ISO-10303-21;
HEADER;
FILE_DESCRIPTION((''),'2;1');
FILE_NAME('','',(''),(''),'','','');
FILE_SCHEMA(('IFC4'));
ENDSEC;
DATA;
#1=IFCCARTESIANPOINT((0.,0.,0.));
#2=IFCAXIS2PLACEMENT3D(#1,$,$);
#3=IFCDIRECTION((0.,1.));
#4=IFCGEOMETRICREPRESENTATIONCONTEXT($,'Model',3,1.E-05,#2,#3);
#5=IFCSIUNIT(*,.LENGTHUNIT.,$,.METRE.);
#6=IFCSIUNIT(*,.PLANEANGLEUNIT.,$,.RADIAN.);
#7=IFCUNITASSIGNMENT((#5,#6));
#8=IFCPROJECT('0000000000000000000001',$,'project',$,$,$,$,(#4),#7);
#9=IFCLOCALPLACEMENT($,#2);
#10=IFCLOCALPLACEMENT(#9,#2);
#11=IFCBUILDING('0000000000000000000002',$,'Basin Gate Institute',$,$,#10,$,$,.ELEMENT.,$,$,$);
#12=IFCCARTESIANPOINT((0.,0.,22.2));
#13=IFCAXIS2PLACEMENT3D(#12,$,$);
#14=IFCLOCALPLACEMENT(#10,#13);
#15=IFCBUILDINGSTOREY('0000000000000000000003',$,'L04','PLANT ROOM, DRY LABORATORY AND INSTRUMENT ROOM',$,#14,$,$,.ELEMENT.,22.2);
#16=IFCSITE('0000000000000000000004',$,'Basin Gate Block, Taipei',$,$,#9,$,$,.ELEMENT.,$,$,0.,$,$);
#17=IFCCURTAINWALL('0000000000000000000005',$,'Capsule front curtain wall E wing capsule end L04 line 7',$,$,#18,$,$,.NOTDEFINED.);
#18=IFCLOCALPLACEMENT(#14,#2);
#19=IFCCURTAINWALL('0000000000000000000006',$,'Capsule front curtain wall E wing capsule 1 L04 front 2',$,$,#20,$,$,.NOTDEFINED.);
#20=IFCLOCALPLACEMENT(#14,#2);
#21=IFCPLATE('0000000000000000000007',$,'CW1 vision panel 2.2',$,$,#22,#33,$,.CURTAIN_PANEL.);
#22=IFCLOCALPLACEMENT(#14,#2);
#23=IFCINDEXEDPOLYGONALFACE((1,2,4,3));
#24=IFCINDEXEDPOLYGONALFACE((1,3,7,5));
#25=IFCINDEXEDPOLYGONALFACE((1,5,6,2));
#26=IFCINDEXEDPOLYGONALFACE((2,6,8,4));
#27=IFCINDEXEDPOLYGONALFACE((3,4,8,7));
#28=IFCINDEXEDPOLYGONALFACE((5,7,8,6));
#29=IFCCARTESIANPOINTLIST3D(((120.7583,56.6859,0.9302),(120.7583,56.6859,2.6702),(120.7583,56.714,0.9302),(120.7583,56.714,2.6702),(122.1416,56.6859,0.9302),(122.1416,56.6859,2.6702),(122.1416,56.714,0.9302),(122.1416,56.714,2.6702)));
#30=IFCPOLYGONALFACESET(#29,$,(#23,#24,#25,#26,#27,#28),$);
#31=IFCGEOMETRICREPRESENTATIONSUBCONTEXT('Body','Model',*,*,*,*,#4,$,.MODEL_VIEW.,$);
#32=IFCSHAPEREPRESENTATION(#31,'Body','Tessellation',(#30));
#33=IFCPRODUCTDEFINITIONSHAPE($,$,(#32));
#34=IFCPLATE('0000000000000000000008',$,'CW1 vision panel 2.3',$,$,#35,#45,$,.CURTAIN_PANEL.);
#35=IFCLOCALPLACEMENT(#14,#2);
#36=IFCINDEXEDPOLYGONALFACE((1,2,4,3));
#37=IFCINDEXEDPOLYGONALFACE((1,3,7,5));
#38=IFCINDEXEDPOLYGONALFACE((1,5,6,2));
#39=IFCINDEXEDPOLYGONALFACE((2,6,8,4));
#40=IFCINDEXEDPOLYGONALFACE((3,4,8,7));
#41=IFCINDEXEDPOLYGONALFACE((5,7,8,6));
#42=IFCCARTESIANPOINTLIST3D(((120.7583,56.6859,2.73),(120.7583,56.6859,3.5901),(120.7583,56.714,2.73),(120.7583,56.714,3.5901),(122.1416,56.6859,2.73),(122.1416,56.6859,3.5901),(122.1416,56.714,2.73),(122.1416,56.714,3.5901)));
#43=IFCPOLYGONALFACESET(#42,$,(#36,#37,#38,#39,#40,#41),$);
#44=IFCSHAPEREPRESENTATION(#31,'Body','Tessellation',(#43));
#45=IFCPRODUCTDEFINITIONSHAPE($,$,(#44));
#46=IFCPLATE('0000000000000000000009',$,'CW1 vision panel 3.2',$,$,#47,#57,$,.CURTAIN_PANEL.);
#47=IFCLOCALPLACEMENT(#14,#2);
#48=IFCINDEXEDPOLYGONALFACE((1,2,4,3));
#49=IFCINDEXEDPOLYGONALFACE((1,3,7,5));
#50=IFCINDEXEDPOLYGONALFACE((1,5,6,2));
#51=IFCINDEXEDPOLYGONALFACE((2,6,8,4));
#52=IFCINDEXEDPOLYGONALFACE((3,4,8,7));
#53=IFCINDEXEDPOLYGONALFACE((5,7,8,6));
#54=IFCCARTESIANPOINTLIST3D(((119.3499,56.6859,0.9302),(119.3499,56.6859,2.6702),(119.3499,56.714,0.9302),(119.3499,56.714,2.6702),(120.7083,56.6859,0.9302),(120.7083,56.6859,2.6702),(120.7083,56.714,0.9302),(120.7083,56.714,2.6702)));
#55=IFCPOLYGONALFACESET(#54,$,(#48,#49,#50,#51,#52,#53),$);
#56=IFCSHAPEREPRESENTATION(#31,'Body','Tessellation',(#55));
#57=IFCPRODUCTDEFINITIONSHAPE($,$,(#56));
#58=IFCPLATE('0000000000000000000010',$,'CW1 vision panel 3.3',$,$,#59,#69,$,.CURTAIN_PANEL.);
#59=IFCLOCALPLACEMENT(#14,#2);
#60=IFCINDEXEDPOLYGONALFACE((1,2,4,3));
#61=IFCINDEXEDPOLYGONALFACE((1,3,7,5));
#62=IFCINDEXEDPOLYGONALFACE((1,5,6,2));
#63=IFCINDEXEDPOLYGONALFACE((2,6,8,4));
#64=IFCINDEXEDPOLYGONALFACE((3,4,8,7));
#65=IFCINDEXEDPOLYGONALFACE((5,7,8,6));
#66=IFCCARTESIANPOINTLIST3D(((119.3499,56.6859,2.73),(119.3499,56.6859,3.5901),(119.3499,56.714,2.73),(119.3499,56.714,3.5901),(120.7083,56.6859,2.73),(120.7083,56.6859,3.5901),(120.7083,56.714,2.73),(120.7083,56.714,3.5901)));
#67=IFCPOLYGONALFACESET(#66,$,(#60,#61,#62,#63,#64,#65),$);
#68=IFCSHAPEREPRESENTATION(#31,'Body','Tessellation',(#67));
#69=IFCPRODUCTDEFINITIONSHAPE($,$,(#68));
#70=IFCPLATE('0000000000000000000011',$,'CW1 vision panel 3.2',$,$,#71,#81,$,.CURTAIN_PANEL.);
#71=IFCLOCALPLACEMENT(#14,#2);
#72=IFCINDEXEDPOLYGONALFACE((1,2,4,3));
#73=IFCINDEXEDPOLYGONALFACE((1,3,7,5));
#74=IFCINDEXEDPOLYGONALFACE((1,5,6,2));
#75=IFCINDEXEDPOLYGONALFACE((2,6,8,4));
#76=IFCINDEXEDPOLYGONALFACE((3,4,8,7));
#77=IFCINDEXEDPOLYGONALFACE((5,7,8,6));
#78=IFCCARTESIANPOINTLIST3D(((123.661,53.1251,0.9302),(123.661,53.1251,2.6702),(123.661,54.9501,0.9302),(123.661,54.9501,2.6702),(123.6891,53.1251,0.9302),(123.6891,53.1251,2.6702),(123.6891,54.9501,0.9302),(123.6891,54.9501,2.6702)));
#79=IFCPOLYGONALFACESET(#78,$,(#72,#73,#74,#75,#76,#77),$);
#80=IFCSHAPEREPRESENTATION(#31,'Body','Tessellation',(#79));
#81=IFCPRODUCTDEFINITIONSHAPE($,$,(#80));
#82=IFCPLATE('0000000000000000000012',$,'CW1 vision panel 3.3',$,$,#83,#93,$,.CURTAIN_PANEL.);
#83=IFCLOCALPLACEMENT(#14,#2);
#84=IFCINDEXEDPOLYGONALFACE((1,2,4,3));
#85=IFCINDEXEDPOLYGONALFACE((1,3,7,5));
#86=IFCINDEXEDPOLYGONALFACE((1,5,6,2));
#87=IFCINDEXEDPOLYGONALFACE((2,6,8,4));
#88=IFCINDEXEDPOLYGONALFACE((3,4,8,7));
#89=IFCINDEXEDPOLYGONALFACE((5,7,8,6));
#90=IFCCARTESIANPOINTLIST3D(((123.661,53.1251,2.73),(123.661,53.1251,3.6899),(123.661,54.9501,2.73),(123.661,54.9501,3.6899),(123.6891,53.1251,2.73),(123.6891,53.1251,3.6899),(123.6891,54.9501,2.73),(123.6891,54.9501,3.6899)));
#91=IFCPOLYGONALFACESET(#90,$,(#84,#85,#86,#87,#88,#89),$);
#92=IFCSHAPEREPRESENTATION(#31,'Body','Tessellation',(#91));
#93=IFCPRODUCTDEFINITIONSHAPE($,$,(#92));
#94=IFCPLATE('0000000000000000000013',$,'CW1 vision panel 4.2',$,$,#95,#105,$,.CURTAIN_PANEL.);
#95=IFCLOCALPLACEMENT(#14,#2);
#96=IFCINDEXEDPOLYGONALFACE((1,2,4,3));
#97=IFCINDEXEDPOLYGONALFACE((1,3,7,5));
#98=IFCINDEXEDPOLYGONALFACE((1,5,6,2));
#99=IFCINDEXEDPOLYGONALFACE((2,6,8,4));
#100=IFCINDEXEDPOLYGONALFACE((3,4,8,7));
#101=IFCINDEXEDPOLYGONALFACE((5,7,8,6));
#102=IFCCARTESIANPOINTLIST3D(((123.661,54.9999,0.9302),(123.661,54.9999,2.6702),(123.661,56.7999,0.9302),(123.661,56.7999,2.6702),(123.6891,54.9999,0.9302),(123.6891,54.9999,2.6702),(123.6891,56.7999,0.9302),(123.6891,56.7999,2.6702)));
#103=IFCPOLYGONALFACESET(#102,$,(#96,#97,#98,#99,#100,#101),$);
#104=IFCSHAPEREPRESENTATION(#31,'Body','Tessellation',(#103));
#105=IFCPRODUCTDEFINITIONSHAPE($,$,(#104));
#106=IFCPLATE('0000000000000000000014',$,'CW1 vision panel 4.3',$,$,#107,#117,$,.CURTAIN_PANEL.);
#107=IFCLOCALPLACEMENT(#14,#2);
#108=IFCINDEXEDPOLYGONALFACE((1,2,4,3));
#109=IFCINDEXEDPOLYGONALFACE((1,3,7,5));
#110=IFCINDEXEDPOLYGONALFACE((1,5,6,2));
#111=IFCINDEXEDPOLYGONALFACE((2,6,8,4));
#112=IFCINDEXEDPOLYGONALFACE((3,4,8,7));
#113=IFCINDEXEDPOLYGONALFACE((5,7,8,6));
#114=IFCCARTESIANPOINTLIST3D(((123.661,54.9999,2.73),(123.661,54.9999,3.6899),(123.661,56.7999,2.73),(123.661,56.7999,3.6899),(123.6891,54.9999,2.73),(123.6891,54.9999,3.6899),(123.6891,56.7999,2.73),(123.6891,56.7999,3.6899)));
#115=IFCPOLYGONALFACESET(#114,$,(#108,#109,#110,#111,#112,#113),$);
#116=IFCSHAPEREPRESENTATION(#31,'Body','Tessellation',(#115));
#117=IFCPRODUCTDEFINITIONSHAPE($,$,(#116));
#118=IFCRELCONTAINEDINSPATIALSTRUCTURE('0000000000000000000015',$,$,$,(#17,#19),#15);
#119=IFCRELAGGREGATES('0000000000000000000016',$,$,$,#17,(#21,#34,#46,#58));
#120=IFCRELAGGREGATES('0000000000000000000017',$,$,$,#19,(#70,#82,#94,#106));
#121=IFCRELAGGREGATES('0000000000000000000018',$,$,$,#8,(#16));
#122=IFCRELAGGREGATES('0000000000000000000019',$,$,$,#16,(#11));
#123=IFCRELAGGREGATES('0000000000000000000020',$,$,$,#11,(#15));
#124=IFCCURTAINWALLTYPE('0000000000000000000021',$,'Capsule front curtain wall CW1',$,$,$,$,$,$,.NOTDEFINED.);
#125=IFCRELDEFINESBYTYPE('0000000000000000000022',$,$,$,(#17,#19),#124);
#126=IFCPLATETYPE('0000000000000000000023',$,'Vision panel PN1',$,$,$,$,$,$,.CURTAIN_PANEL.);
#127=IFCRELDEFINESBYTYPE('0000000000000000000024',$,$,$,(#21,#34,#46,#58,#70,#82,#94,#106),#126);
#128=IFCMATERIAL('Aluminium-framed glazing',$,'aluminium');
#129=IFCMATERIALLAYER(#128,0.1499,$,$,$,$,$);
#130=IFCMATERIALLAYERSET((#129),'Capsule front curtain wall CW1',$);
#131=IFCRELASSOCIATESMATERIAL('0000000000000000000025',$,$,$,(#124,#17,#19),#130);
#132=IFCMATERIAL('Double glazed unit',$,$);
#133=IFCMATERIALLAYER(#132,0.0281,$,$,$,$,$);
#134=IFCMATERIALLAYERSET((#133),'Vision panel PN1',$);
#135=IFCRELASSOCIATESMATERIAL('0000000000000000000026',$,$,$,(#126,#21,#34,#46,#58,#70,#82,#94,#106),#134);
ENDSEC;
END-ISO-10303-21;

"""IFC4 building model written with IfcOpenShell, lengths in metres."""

from ifc_helpers import new_model, si_unit, direction, frame, origin, origin_2d, place, context, subcontext, project, spatial, rectangle, extrude, material, layer, layer_set, type_object, element, aggregate, save


model = new_model("IFC4")

# Units and contexts
model_context = context("Model", 3, precision=1e-05, world=origin(), true_north=direction((0.0, 1.0)))
body_context = subcontext(model_context, "Body", "Model", "MODEL_VIEW")
ifc_project = project(units=[si_unit("LENGTHUNIT", "METRE"), si_unit("PLANEANGLEUNIT", "RADIAN")], contexts=[model_context])

# Site, building, storey
site_placement = place(None, origin())
site = spatial("IfcSite", under=ifc_project, at=site_placement, Name="Basin Gate Block, Taipei", CompositionType="ELEMENT", RefElevation=0.0)
building_placement = place(site_placement, origin())
building = spatial("IfcBuilding", under=site, at=building_placement, Name="Basin Gate Institute", CompositionType="ELEMENT")
storey_placement = place(building_placement, frame((0.0, 0.0, 22.2)))
storey = spatial("IfcBuildingStorey", under=building, at=storey_placement, Name="L04", Description="PLANT ROOM, DRY LABORATORY AND INSTRUMENT ROOM", CompositionType="ELEMENT", Elevation=22.2)

# Curtain walls
ifc_material_1 = material(Name="Aluminium-framed glazing", Category="aluminium")
ifc_layer_1 = layer(ifc_material_1, 0.1499)
ifc_layer_set_1 = layer_set([ifc_layer_1], Name="Capsule front curtain wall CW1")
curtain_wall_type = type_object("IfcCurtainWallType", Name="Capsule front curtain wall CW1", PredefinedType="NOTDEFINED", material=ifc_layer_set_1)
curtain_wall_1_placement = place(storey_placement, origin())
curtain_wall_1 = element("IfcCurtainWall", 1, at=curtain_wall_1_placement, inside=storey, type_object=curtain_wall_type, material=ifc_layer_set_1, Name="Capsule front curtain wall E wing capsule end L04 line 7", PredefinedType="NOTDEFINED")
curtain_wall_2_placement = place(storey_placement, origin())
curtain_wall_2 = element("IfcCurtainWall", 2, at=curtain_wall_2_placement, inside=storey, type_object=curtain_wall_type, material=ifc_layer_set_1, Name="Capsule front curtain wall E wing capsule 1 L04 front 2", PredefinedType="NOTDEFINED")

# Plates
ifc_material_2 = material(Name="Double glazed unit")
ifc_layer_2 = layer(ifc_material_2, 0.0281)
ifc_layer_set_2 = layer_set([ifc_layer_2], Name="Vision panel PN1")
plate_type = type_object("IfcPlateType", Name="Vision panel PN1", PredefinedType="CURTAIN_PANEL", material=ifc_layer_set_2)
plate_1_placement = place(storey_placement, frame((121.45, 56.7, 0.9302), z_axis=(0.0, 0.0, 1.0), x_axis=(-1.0, 0.0, 0.0)))
plate_1 = element("IfcPlate", 3, at=plate_1_placement, type_object=plate_type, material=ifc_layer_set_2, Name="CW1 vision panel 2.2", PredefinedType="CURTAIN_PANEL", context=body_context, shape_type="SweptSolid", body=[
    extrude(rectangle(XDim=1.3833, YDim=0.0281, at=origin_2d()), origin(), (0.0, 0.0, 1.0), 1.74),
])
plate_2_placement = place(storey_placement, frame((121.45, 56.7, 2.73), z_axis=(0.0, 0.0, 1.0), x_axis=(-1.0, 0.0, 0.0)))
plate_2 = element("IfcPlate", 4, at=plate_2_placement, type_object=plate_type, material=ifc_layer_set_2, Name="CW1 vision panel 2.3", PredefinedType="CURTAIN_PANEL", context=body_context, shape_type="SweptSolid", body=[
    extrude(rectangle(XDim=1.3833, YDim=0.0281, at=origin_2d()), origin(), (0.0, 0.0, 1.0), 0.8601),
])
plate_3_placement = place(storey_placement, frame((120.0291, 56.7, 0.9302), z_axis=(0.0, 0.0, 1.0), x_axis=(-1.0, 0.0, 0.0)))
plate_3 = element("IfcPlate", 5, at=plate_3_placement, type_object=plate_type, material=ifc_layer_set_2, Name="CW1 vision panel 3.2", PredefinedType="CURTAIN_PANEL", context=body_context, shape_type="SweptSolid", body=[
    extrude(rectangle(XDim=1.3584, YDim=0.0281, at=origin_2d()), origin(), (0.0, 0.0, 1.0), 1.74),
])
plate_4_placement = place(storey_placement, frame((120.0291, 56.7, 2.73), z_axis=(0.0, 0.0, 1.0), x_axis=(-1.0, 0.0, 0.0)))
plate_4 = element("IfcPlate", 6, at=plate_4_placement, type_object=plate_type, material=ifc_layer_set_2, Name="CW1 vision panel 3.3", PredefinedType="CURTAIN_PANEL", context=body_context, shape_type="SweptSolid", body=[
    extrude(rectangle(XDim=1.3584, YDim=0.0281, at=origin_2d()), origin(), (0.0, 0.0, 1.0), 0.8601),
])
aggregate(curtain_wall_1, [plate_1, plate_2, plate_3, plate_4])
plate_5_placement = place(storey_placement, frame((123.675, 54.0376, 0.9302), z_axis=(0.0, 0.0, 1.0), x_axis=(0.0, 1.0, 0.0)))
plate_5 = element("IfcPlate", 7, at=plate_5_placement, type_object=plate_type, material=ifc_layer_set_2, Name="CW1 vision panel 3.2", PredefinedType="CURTAIN_PANEL", context=body_context, shape_type="SweptSolid", body=[
    extrude(rectangle(XDim=1.825, YDim=0.0281, at=origin_2d()), origin(), (0.0, 0.0, 1.0), 1.74),
])
plate_6_placement = place(storey_placement, frame((123.675, 54.0376, 2.73), z_axis=(0.0, 0.0, 1.0), x_axis=(0.0, 1.0, 0.0)))
plate_6 = element("IfcPlate", 8, at=plate_6_placement, type_object=plate_type, material=ifc_layer_set_2, Name="CW1 vision panel 3.3", PredefinedType="CURTAIN_PANEL", context=body_context, shape_type="SweptSolid", body=[
    extrude(rectangle(XDim=1.825, YDim=0.0281, at=origin_2d()), origin(), (0.0, 0.0, 1.0), 0.96),
])
plate_7_placement = place(storey_placement, frame((123.675, 55.8999, 0.9302), z_axis=(0.0, 0.0, 1.0), x_axis=(0.0, 1.0, 0.0)))
plate_7 = element("IfcPlate", 9, at=plate_7_placement, type_object=plate_type, material=ifc_layer_set_2, Name="CW1 vision panel 4.2", PredefinedType="CURTAIN_PANEL", context=body_context, shape_type="SweptSolid", body=[
    extrude(rectangle(XDim=1.8, YDim=0.0281, at=origin_2d()), origin(), (0.0, 0.0, 1.0), 1.74),
])
plate_8_placement = place(storey_placement, frame((123.675, 55.8999, 2.73), z_axis=(0.0, 0.0, 1.0), x_axis=(0.0, 1.0, 0.0)))
plate_8 = element("IfcPlate", 10, at=plate_8_placement, type_object=plate_type, material=ifc_layer_set_2, Name="CW1 vision panel 4.3", PredefinedType="CURTAIN_PANEL", context=body_context, shape_type="SweptSolid", body=[
    extrude(rectangle(XDim=1.8, YDim=0.0281, at=origin_2d()), origin(), (0.0, 0.0, 1.0), 0.96),
])
aggregate(curtain_wall_2, [plate_5, plate_6, plate_7, plate_8])

save(model, "model.ifc")
